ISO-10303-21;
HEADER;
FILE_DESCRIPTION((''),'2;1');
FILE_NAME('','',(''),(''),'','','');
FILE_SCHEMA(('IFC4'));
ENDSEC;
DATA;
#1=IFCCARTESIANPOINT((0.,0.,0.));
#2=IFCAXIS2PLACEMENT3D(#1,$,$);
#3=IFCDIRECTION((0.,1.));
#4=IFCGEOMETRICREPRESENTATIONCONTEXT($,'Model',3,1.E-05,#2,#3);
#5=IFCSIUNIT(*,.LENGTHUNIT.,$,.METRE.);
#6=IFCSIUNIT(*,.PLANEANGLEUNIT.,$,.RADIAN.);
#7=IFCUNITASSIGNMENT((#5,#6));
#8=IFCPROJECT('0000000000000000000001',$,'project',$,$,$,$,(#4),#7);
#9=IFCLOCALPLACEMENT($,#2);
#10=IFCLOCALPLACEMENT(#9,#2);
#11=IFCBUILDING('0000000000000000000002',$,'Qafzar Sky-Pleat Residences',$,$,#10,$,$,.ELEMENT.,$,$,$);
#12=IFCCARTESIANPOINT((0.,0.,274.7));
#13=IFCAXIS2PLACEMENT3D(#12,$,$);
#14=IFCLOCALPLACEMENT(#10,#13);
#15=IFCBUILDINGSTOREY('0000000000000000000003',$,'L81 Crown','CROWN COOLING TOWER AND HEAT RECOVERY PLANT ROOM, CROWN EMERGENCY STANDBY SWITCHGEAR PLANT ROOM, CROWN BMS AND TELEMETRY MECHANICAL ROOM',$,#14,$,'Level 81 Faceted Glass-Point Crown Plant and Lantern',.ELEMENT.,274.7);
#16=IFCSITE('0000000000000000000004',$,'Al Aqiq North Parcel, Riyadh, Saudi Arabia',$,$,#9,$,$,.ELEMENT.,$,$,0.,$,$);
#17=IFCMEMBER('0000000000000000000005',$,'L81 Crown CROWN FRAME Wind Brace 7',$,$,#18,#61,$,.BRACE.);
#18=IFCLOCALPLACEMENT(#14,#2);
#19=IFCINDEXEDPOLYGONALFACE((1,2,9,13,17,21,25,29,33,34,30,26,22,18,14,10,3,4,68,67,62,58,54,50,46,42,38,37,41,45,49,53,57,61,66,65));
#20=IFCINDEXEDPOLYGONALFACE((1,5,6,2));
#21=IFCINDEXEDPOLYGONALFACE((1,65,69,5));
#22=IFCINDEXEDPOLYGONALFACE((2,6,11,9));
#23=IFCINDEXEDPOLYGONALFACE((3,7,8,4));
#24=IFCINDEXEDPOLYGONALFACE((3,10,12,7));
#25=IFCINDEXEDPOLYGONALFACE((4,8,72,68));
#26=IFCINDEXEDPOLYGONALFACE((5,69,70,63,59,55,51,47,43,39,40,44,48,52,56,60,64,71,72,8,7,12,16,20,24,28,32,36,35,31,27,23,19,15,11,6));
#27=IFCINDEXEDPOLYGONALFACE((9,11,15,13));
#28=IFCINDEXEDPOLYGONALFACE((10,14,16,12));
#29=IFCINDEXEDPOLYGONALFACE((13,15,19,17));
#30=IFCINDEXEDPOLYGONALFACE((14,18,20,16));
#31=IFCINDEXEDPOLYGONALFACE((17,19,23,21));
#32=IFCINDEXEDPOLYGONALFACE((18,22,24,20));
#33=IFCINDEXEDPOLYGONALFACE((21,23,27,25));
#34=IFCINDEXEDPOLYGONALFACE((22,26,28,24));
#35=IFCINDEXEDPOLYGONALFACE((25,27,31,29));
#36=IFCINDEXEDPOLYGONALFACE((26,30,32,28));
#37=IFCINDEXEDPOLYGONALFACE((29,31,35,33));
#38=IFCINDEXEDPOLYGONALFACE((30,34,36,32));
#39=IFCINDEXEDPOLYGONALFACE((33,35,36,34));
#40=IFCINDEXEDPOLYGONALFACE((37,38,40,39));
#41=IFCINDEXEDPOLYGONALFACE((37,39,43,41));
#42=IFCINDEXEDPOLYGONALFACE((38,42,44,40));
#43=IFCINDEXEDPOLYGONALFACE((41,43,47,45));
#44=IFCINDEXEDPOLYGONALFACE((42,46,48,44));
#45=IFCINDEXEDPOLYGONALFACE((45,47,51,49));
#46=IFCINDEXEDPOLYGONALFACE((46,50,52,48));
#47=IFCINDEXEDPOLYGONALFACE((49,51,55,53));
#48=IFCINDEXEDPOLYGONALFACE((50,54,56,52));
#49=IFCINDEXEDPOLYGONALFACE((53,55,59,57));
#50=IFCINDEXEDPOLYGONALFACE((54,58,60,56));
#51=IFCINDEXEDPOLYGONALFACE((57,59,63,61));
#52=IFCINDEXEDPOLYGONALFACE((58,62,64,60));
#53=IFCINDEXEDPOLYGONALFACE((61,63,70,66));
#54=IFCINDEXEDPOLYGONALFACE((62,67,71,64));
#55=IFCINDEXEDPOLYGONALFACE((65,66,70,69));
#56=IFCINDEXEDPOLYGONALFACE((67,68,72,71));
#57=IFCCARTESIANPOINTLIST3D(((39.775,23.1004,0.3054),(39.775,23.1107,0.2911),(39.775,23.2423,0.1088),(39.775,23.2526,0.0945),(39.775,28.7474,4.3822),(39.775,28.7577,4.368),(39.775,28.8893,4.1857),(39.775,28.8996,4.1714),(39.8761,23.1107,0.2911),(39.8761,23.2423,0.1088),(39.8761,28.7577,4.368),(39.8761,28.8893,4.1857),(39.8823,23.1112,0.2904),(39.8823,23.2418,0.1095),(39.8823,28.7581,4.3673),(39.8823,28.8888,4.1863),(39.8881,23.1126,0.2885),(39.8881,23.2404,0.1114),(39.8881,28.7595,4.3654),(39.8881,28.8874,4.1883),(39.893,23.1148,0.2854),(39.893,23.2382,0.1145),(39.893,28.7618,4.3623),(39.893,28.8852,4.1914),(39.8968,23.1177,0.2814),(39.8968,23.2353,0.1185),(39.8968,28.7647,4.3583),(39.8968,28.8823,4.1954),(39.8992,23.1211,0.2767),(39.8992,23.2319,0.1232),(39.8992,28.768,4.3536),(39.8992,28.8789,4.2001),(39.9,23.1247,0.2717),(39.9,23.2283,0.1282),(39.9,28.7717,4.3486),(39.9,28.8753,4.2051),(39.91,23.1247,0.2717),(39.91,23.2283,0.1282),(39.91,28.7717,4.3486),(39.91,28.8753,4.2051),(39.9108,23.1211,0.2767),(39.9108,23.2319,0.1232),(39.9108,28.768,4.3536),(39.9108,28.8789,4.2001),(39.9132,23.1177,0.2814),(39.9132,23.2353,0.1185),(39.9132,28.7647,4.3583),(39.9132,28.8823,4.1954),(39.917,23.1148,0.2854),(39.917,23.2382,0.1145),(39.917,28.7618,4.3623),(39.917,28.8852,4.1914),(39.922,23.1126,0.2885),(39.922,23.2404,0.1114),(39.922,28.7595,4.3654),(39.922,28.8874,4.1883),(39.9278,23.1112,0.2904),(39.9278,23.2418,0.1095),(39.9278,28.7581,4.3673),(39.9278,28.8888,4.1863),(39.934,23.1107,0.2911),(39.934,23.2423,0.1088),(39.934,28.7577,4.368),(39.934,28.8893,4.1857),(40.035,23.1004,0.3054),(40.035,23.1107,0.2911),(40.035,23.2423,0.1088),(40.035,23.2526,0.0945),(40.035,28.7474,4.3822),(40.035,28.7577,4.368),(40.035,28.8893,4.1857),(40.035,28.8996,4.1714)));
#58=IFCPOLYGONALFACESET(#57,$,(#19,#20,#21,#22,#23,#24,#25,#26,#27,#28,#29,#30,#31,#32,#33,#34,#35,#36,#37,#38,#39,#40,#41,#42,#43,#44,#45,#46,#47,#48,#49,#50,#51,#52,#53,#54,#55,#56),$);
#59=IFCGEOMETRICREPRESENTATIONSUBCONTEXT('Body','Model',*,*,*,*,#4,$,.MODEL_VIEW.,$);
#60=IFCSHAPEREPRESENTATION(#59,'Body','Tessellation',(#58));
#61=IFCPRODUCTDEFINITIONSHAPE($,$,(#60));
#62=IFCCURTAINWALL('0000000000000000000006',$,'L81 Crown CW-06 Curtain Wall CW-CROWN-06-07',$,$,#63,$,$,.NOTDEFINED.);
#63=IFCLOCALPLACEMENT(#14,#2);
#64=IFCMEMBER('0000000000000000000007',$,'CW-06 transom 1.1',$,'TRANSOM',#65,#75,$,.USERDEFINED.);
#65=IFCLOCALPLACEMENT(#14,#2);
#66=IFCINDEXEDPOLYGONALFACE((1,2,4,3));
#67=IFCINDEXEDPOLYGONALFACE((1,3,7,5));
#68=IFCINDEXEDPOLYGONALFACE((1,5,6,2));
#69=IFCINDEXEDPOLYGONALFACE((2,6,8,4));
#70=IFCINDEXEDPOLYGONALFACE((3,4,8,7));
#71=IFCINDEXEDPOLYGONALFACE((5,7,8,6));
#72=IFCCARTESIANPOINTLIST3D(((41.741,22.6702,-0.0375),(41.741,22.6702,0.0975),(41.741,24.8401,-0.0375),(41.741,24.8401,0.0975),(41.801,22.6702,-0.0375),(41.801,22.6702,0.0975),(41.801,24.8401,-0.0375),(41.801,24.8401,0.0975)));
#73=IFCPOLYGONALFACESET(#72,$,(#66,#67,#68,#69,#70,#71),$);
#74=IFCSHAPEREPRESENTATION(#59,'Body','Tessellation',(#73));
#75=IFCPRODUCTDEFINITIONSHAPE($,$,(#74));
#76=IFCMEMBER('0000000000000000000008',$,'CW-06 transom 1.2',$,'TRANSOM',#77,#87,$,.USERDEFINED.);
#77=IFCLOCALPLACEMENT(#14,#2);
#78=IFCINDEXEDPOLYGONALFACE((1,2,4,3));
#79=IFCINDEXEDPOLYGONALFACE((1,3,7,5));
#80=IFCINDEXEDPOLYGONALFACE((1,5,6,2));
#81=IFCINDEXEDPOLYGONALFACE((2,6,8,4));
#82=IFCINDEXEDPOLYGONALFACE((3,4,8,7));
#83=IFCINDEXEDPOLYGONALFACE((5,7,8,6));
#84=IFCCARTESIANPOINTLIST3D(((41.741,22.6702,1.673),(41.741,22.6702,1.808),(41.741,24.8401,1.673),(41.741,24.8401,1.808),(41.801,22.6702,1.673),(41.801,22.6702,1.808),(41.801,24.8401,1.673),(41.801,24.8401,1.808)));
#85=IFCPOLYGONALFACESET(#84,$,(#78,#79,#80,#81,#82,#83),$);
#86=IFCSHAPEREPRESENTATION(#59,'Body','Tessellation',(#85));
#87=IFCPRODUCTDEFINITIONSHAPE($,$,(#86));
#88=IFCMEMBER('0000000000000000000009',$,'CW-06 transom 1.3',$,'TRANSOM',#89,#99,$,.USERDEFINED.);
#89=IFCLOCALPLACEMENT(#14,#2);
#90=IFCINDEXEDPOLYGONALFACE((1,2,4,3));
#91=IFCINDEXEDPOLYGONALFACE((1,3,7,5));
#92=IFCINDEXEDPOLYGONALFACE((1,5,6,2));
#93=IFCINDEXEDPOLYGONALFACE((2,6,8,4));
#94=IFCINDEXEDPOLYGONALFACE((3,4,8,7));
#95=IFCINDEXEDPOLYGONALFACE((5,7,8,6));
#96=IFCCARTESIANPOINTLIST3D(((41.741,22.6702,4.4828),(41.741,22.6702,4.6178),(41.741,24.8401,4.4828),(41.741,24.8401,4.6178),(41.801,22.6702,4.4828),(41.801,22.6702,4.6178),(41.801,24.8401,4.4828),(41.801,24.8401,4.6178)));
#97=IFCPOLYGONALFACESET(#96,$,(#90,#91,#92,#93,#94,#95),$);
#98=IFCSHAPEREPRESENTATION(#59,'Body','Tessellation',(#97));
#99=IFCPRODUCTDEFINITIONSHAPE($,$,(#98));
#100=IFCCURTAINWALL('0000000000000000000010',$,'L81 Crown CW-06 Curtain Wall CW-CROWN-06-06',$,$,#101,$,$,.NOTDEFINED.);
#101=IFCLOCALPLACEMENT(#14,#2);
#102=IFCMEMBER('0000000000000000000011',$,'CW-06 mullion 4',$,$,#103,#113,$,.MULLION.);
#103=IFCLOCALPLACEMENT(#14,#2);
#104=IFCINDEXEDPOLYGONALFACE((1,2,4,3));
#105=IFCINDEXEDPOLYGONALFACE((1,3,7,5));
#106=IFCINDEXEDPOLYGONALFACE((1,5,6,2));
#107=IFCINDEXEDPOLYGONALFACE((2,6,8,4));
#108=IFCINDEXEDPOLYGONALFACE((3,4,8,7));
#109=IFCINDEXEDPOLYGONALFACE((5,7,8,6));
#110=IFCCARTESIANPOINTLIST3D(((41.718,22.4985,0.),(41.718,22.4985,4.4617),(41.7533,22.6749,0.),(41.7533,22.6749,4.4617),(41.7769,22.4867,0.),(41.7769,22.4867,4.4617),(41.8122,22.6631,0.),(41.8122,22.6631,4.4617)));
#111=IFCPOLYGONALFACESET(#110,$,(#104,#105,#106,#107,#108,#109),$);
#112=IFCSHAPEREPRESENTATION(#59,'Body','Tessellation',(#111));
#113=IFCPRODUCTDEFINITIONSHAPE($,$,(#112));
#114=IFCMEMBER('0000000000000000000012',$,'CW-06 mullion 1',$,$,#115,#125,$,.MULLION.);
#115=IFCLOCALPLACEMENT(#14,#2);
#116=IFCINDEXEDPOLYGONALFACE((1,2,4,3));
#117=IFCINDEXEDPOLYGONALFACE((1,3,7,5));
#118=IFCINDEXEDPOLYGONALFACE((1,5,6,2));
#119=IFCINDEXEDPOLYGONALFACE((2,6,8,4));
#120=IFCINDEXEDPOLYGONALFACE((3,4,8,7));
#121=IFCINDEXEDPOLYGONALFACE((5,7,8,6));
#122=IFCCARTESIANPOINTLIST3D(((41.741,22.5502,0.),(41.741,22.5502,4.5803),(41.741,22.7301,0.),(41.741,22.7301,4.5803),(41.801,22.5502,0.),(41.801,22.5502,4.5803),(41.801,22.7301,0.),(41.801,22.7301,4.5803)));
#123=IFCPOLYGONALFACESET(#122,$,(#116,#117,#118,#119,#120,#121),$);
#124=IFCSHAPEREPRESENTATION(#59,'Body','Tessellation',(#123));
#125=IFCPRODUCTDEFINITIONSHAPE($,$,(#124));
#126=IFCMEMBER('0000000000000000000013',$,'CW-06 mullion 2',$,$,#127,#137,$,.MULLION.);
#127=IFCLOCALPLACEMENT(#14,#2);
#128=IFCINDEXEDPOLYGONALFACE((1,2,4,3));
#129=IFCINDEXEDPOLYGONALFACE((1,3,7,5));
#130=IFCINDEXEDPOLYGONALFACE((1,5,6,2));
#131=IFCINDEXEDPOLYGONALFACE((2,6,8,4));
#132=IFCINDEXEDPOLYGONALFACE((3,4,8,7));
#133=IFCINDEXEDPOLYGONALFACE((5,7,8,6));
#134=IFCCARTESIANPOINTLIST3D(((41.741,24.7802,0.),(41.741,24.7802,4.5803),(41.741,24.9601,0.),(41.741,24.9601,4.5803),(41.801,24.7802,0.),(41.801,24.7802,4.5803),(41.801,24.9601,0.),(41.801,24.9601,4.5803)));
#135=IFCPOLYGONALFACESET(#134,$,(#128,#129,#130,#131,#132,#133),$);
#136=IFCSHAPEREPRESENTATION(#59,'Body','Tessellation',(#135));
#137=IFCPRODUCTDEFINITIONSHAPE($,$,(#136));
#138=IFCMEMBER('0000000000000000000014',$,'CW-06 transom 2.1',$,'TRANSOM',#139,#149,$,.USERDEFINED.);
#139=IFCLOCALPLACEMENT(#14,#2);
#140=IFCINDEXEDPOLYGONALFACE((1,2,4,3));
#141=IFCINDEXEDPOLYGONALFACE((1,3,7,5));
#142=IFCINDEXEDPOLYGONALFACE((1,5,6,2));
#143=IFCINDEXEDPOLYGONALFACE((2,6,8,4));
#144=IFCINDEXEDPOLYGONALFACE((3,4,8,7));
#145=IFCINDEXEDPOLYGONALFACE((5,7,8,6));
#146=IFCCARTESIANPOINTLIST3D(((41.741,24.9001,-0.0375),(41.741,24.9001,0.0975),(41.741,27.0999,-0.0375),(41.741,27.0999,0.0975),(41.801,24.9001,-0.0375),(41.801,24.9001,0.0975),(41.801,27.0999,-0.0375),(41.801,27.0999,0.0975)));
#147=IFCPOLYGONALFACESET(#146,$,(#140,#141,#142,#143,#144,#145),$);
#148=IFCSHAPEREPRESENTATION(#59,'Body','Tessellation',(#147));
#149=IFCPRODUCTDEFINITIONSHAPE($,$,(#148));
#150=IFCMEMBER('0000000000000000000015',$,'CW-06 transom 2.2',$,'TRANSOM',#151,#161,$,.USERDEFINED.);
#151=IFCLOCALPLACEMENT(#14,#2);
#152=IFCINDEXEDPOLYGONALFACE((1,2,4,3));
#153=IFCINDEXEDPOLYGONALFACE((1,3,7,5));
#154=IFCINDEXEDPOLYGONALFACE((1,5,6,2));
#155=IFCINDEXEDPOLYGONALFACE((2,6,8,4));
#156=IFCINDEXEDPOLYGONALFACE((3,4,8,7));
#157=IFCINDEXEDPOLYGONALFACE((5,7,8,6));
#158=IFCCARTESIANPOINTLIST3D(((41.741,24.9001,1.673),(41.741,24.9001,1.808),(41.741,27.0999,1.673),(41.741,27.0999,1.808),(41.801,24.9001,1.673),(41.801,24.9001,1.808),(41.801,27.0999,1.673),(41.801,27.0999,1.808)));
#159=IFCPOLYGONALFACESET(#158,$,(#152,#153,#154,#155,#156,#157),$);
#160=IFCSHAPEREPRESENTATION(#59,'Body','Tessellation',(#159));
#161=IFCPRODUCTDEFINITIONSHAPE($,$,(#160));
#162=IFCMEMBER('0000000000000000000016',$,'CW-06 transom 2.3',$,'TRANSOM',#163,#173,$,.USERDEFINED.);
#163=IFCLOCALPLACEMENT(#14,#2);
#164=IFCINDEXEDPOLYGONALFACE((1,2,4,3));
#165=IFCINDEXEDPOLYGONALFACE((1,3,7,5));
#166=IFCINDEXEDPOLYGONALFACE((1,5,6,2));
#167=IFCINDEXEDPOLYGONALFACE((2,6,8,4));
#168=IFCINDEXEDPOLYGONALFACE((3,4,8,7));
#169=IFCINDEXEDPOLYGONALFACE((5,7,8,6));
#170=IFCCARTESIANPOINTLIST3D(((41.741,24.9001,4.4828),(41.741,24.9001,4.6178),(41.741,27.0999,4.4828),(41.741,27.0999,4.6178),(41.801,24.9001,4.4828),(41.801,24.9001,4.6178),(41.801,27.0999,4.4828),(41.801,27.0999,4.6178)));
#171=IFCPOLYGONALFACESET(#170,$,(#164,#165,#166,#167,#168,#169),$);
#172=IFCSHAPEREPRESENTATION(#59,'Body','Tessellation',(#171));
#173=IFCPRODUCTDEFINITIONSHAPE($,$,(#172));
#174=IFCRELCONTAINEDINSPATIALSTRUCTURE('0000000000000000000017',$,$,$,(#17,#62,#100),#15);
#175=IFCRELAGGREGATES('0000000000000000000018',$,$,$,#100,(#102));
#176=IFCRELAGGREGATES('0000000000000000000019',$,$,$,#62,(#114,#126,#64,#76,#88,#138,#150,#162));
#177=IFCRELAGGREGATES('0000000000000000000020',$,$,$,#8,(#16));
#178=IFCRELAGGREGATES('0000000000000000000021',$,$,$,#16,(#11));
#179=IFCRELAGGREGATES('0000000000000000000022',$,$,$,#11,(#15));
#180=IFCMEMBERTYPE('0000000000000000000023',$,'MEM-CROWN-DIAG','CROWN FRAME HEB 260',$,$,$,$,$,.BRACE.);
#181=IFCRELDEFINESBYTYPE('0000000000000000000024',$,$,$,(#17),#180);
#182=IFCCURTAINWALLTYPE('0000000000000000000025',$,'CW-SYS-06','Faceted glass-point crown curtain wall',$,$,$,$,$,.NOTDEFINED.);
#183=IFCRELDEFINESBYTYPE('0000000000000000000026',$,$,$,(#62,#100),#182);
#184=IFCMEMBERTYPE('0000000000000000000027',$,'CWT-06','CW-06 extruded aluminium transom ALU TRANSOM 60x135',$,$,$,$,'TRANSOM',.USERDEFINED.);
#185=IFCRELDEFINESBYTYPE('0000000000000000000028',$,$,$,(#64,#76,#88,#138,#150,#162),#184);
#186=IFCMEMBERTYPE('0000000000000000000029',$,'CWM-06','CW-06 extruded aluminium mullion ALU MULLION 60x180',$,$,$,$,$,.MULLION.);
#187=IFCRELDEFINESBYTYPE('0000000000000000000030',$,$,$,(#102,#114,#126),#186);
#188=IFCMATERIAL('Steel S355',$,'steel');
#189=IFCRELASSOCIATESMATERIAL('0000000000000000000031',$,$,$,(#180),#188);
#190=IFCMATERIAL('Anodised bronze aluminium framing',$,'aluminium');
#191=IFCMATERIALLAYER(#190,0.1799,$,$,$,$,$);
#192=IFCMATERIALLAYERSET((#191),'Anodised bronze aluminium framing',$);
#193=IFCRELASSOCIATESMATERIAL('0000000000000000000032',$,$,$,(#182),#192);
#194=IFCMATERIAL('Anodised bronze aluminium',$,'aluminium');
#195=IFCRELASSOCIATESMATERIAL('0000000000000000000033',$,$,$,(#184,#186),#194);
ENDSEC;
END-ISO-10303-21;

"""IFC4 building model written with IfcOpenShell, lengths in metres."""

from ifc_helpers import new_model, si_unit, direction, frame, origin, origin_2d, place, context, subcontext, project, spatial, rectangle, i_section, extrude, source, transform, mapped, material, layer, layer_set, material_profile, profile_set, type_object, element, aggregate, save


model = new_model("IFC4")

# Units and contexts
model_context = context("Model", 3, precision=1e-05, world=origin(), true_north=direction((0.0, 1.0)))
body_context = subcontext(model_context, "Body", "Model", "MODEL_VIEW")
ifc_project = project(units=[si_unit("LENGTHUNIT", "METRE"), si_unit("PLANEANGLEUNIT", "RADIAN")], contexts=[model_context])

# Site, building, storey
site_placement = place(None, origin())
site = spatial("IfcSite", under=ifc_project, at=site_placement, Name="Al Aqiq North Parcel, Riyadh, Saudi Arabia", CompositionType="ELEMENT", RefElevation=0.0)
building_placement = place(site_placement, origin())
building = spatial("IfcBuilding", under=site, at=building_placement, Name="Qafzar Sky-Pleat Residences", CompositionType="ELEMENT")
storey_placement = place(building_placement, frame((0.0, 0.0, 274.7)))
storey = spatial("IfcBuildingStorey", under=building, at=storey_placement, Name="L81 Crown", Description="CROWN COOLING TOWER AND HEAT RECOVERY PLANT ROOM, CROWN EMERGENCY STANDBY SWITCHGEAR PLANT ROOM, CROWN BMS AND TELEMETRY MECHANICAL ROOM", LongName="Level 81 Faceted Glass-Point Crown Plant and Lantern", CompositionType="ELEMENT", Elevation=274.7)

# Member
ifc_material_1 = material(Name="Steel S355", Category="steel")
ifc_material_profile_1 = material_profile(ifc_material_1, i_section(OverallWidth=0.26, OverallDepth=0.26, WebThickness=0.01, FlangeThickness=0.0176, FilletRadius=0.0239, at=origin_2d()), Name="HEB 260")
ifc_profile_set_1 = profile_set([ifc_material_profile_1], Name="Steel S355")
member_type_1 = type_object("IfcMemberType", Name="MEM-CROWN-DIAG", Description="CROWN FRAME HEB 260", PredefinedType="BRACE", material=ifc_profile_set_1)
shared_shape_1 = source(origin(), body_context, "Body", "SweptSolid", [
    extrude(i_section(OverallWidth=0.26, OverallDepth=0.26, WebThickness=0.01, FlangeThickness=0.0176, FilletRadius=0.0239, at=origin_2d()), origin(), (0.0, 0.0, 1.0), 6.9648),
])
member_1_placement = place(storey_placement, frame((39.905, 23.1765, 0.2), z_axis=(0.0, 0.810779, 0.585352), x_axis=(-1.0, 0.0, 0.0)))
element("IfcMember", 1, at=member_1_placement, inside=storey, type_object=member_type_1, Name="L81 Crown CROWN FRAME Wind Brace 7", PredefinedType="BRACE", context=body_context, shape_type="MappedRepresentation", body=[
    mapped(shared_shape_1, transform((0.0, 0.0, 0.0), x_axis=(1.0, 0.0, 0.0), y_axis=(0.0, 1.0, 0.0), z_axis=(0.0, 0.0, 1.0), scale=1.0)),
])

# Curtain wall, members
ifc_material_2 = material(Name="Anodised bronze aluminium framing", Category="aluminium")
ifc_layer_1 = layer(ifc_material_2, 0.1799)
ifc_layer_set_1 = layer_set([ifc_layer_1], Name="Anodised bronze aluminium framing")
curtain_wall_type = type_object("IfcCurtainWallType", Name="CW-SYS-06", Description="Faceted glass-point crown curtain wall", PredefinedType="NOTDEFINED", material=ifc_layer_set_1)
curtain_wall_1_placement = place(storey_placement, origin())
curtain_wall_1 = element("IfcCurtainWall", 2, at=curtain_wall_1_placement, inside=storey, type_object=curtain_wall_type, Name="L81 Crown CW-06 Curtain Wall CW-CROWN-06-07", PredefinedType="NOTDEFINED")
ifc_material_3 = material(Name="Anodised bronze aluminium", Category="aluminium")
ifc_material_profile_2 = material_profile(ifc_material_3, rectangle(XDim=0.0601, YDim=0.135, at=origin_2d()), Name="ALU TRANSOM 60x135")
ifc_profile_set_2 = profile_set([ifc_material_profile_2], Name="Anodised bronze aluminium")
member_type_2 = type_object("IfcMemberType", Name="CWT-06", Description="CW-06 extruded aluminium transom ALU TRANSOM 60x135", ElementType="TRANSOM", PredefinedType="USERDEFINED", material=ifc_profile_set_2)
shared_shape_2 = source(origin(), body_context, "Body", "SweptSolid", [
    extrude(rectangle(XDim=0.0601, YDim=0.135, at=origin_2d()), origin(), (0.0, 0.0, 1.0), 2.1699),
])
member_2_placement = place(storey_placement, frame((41.771, 22.6702, 0.03), z_axis=(0.0, 1.0, 0.0), x_axis=(-1.0, 0.0, 0.0)))
member_2 = element("IfcMember", 3, at=member_2_placement, type_object=member_type_2, Name="CW-06 transom 1.1", ObjectType="TRANSOM", PredefinedType="USERDEFINED", context=body_context, shape_type="MappedRepresentation", body=[
    mapped(shared_shape_2, transform((0.0, 0.0, 0.0), x_axis=(1.0, 0.0, 0.0), y_axis=(0.0, 1.0, 0.0), z_axis=(0.0, 0.0, 1.0), scale=1.0)),
])
member_3_placement = place(storey_placement, frame((41.771, 22.6702, 1.7405), z_axis=(0.0, 1.0, 0.0), x_axis=(-1.0, 0.0, 0.0)))
member_3 = element("IfcMember", 4, at=member_3_placement, type_object=member_type_2, Name="CW-06 transom 1.2", ObjectType="TRANSOM", PredefinedType="USERDEFINED", context=body_context, shape_type="MappedRepresentation", body=[
    mapped(shared_shape_2, transform((0.0, 0.0, 0.0), x_axis=(1.0, 0.0, 0.0), y_axis=(0.0, 1.0, 0.0), z_axis=(0.0, 0.0, 1.0), scale=1.0)),
])
member_4_placement = place(storey_placement, frame((41.771, 22.6702, 4.5503), z_axis=(0.0, 1.0, 0.0), x_axis=(-1.0, 0.0, 0.0)))
member_4 = element("IfcMember", 5, at=member_4_placement, type_object=member_type_2, Name="CW-06 transom 1.3", ObjectType="TRANSOM", PredefinedType="USERDEFINED", context=body_context, shape_type="MappedRepresentation", body=[
    mapped(shared_shape_2, transform((0.0, 0.0, 0.0), x_axis=(1.0, 0.0, 0.0), y_axis=(0.0, 1.0, 0.0), z_axis=(0.0, 0.0, 1.0), scale=1.0)),
])

# Curtain wall, member
curtain_wall_2_placement = place(storey_placement, origin())
curtain_wall_2 = element("IfcCurtainWall", 6, at=curtain_wall_2_placement, inside=storey, type_object=curtain_wall_type, Name="L81 Crown CW-06 Curtain Wall CW-CROWN-06-06", PredefinedType="NOTDEFINED")
ifc_material_profile_3 = material_profile(ifc_material_3, rectangle(XDim=0.0601, YDim=0.1799, at=origin_2d()), Name="ALU MULLION 60x180")
ifc_profile_set_3 = profile_set([ifc_material_profile_3], Name="Anodised bronze aluminium")
member_type_3 = type_object("IfcMemberType", Name="CWM-06", Description="CW-06 extruded aluminium mullion ALU MULLION 60x180", PredefinedType="MULLION", material=ifc_profile_set_3)
shared_shape_3 = source(origin(), body_context, "Body", "SweptSolid", [
    extrude(rectangle(XDim=0.0601, YDim=0.1799, at=origin_2d()), origin(), (0.0, 0.0, 1.0), 4.4617),
])
member_5_placement = place(storey_placement, frame((41.7651, 22.5808, 0.0), z_axis=(0.0, 0.0, 1.0), x_axis=(-0.980581, 0.196116, 0.0)))
member_5 = element("IfcMember", 7, at=member_5_placement, type_object=member_type_3, Name="CW-06 mullion 4", PredefinedType="MULLION", context=body_context, shape_type="MappedRepresentation", body=[
    mapped(shared_shape_3, transform((0.0, 0.0, 0.0), x_axis=(1.0, 0.0, 0.0), y_axis=(0.0, 1.0, 0.0), z_axis=(0.0, 0.0, 1.0), scale=1.0)),
])

# Members
shared_shape_4 = source(origin(), body_context, "Body", "SweptSolid", [
    extrude(rectangle(XDim=0.0601, YDim=0.1799, at=origin_2d()), origin(), (0.0, 0.0, 1.0), 4.5803),
])
member_6_placement = place(storey_placement, frame((41.771, 22.6401, 0.0), z_axis=(0.0, 0.0, 1.0), x_axis=(-1.0, 0.0, 0.0)))
member_6 = element("IfcMember", 8, at=member_6_placement, type_object=member_type_3, Name="CW-06 mullion 1", PredefinedType="MULLION", context=body_context, shape_type="MappedRepresentation", body=[
    mapped(shared_shape_4, transform((0.0, 0.0, 0.0), x_axis=(1.0, 0.0, 0.0), y_axis=(0.0, 1.0, 0.0), z_axis=(0.0, 0.0, 1.0), scale=1.0)),
])
member_7_placement = place(storey_placement, frame((41.771, 24.8701, 0.0), z_axis=(0.0, 0.0, 1.0), x_axis=(-1.0, 0.0, 0.0)))
member_7 = element("IfcMember", 9, at=member_7_placement, type_object=member_type_3, Name="CW-06 mullion 2", PredefinedType="MULLION", context=body_context, shape_type="MappedRepresentation", body=[
    mapped(shared_shape_4, transform((0.0, 0.0, 0.0), x_axis=(1.0, 0.0, 0.0), y_axis=(0.0, 1.0, 0.0), z_axis=(0.0, 0.0, 1.0), scale=1.0)),
])
shared_shape_5 = source(origin(), body_context, "Body", "SweptSolid", [
    extrude(rectangle(XDim=0.0601, YDim=0.135, at=origin_2d()), origin(), (0.0, 0.0, 1.0), 2.1997),
])
member_8_placement = place(storey_placement, frame((41.771, 24.9001, 0.03), z_axis=(0.0, 1.0, 0.0), x_axis=(-1.0, 0.0, 0.0)))
member_8 = element("IfcMember", 10, at=member_8_placement, type_object=member_type_2, Name="CW-06 transom 2.1", ObjectType="TRANSOM", PredefinedType="USERDEFINED", context=body_context, shape_type="MappedRepresentation", body=[
    mapped(shared_shape_5, transform((0.0, 0.0, 0.0), x_axis=(1.0, 0.0, 0.0), y_axis=(0.0, 1.0, 0.0), z_axis=(0.0, 0.0, 1.0), scale=1.0)),
])
member_9_placement = place(storey_placement, frame((41.771, 24.9001, 1.7405), z_axis=(0.0, 1.0, 0.0), x_axis=(-1.0, 0.0, 0.0)))
member_9 = element("IfcMember", 11, at=member_9_placement, type_object=member_type_2, Name="CW-06 transom 2.2", ObjectType="TRANSOM", PredefinedType="USERDEFINED", context=body_context, shape_type="MappedRepresentation", body=[
    mapped(shared_shape_5, transform((0.0, 0.0, 0.0), x_axis=(1.0, 0.0, 0.0), y_axis=(0.0, 1.0, 0.0), z_axis=(0.0, 0.0, 1.0), scale=1.0)),
])
member_10_placement = place(storey_placement, frame((41.771, 24.9001, 4.5503), z_axis=(0.0, 1.0, 0.0), x_axis=(-1.0, 0.0, 0.0)))
member_10 = element("IfcMember", 12, at=member_10_placement, type_object=member_type_2, Name="CW-06 transom 2.3", ObjectType="TRANSOM", PredefinedType="USERDEFINED", context=body_context, shape_type="MappedRepresentation", body=[
    mapped(shared_shape_5, transform((0.0, 0.0, 0.0), x_axis=(1.0, 0.0, 0.0), y_axis=(0.0, 1.0, 0.0), z_axis=(0.0, 0.0, 1.0), scale=1.0)),
])

aggregate(curtain_wall_2, [member_5])
aggregate(curtain_wall_1, [member_6, member_7, member_2, member_3, member_4, member_8, member_9, member_10])

save(model, "model.ifc")
